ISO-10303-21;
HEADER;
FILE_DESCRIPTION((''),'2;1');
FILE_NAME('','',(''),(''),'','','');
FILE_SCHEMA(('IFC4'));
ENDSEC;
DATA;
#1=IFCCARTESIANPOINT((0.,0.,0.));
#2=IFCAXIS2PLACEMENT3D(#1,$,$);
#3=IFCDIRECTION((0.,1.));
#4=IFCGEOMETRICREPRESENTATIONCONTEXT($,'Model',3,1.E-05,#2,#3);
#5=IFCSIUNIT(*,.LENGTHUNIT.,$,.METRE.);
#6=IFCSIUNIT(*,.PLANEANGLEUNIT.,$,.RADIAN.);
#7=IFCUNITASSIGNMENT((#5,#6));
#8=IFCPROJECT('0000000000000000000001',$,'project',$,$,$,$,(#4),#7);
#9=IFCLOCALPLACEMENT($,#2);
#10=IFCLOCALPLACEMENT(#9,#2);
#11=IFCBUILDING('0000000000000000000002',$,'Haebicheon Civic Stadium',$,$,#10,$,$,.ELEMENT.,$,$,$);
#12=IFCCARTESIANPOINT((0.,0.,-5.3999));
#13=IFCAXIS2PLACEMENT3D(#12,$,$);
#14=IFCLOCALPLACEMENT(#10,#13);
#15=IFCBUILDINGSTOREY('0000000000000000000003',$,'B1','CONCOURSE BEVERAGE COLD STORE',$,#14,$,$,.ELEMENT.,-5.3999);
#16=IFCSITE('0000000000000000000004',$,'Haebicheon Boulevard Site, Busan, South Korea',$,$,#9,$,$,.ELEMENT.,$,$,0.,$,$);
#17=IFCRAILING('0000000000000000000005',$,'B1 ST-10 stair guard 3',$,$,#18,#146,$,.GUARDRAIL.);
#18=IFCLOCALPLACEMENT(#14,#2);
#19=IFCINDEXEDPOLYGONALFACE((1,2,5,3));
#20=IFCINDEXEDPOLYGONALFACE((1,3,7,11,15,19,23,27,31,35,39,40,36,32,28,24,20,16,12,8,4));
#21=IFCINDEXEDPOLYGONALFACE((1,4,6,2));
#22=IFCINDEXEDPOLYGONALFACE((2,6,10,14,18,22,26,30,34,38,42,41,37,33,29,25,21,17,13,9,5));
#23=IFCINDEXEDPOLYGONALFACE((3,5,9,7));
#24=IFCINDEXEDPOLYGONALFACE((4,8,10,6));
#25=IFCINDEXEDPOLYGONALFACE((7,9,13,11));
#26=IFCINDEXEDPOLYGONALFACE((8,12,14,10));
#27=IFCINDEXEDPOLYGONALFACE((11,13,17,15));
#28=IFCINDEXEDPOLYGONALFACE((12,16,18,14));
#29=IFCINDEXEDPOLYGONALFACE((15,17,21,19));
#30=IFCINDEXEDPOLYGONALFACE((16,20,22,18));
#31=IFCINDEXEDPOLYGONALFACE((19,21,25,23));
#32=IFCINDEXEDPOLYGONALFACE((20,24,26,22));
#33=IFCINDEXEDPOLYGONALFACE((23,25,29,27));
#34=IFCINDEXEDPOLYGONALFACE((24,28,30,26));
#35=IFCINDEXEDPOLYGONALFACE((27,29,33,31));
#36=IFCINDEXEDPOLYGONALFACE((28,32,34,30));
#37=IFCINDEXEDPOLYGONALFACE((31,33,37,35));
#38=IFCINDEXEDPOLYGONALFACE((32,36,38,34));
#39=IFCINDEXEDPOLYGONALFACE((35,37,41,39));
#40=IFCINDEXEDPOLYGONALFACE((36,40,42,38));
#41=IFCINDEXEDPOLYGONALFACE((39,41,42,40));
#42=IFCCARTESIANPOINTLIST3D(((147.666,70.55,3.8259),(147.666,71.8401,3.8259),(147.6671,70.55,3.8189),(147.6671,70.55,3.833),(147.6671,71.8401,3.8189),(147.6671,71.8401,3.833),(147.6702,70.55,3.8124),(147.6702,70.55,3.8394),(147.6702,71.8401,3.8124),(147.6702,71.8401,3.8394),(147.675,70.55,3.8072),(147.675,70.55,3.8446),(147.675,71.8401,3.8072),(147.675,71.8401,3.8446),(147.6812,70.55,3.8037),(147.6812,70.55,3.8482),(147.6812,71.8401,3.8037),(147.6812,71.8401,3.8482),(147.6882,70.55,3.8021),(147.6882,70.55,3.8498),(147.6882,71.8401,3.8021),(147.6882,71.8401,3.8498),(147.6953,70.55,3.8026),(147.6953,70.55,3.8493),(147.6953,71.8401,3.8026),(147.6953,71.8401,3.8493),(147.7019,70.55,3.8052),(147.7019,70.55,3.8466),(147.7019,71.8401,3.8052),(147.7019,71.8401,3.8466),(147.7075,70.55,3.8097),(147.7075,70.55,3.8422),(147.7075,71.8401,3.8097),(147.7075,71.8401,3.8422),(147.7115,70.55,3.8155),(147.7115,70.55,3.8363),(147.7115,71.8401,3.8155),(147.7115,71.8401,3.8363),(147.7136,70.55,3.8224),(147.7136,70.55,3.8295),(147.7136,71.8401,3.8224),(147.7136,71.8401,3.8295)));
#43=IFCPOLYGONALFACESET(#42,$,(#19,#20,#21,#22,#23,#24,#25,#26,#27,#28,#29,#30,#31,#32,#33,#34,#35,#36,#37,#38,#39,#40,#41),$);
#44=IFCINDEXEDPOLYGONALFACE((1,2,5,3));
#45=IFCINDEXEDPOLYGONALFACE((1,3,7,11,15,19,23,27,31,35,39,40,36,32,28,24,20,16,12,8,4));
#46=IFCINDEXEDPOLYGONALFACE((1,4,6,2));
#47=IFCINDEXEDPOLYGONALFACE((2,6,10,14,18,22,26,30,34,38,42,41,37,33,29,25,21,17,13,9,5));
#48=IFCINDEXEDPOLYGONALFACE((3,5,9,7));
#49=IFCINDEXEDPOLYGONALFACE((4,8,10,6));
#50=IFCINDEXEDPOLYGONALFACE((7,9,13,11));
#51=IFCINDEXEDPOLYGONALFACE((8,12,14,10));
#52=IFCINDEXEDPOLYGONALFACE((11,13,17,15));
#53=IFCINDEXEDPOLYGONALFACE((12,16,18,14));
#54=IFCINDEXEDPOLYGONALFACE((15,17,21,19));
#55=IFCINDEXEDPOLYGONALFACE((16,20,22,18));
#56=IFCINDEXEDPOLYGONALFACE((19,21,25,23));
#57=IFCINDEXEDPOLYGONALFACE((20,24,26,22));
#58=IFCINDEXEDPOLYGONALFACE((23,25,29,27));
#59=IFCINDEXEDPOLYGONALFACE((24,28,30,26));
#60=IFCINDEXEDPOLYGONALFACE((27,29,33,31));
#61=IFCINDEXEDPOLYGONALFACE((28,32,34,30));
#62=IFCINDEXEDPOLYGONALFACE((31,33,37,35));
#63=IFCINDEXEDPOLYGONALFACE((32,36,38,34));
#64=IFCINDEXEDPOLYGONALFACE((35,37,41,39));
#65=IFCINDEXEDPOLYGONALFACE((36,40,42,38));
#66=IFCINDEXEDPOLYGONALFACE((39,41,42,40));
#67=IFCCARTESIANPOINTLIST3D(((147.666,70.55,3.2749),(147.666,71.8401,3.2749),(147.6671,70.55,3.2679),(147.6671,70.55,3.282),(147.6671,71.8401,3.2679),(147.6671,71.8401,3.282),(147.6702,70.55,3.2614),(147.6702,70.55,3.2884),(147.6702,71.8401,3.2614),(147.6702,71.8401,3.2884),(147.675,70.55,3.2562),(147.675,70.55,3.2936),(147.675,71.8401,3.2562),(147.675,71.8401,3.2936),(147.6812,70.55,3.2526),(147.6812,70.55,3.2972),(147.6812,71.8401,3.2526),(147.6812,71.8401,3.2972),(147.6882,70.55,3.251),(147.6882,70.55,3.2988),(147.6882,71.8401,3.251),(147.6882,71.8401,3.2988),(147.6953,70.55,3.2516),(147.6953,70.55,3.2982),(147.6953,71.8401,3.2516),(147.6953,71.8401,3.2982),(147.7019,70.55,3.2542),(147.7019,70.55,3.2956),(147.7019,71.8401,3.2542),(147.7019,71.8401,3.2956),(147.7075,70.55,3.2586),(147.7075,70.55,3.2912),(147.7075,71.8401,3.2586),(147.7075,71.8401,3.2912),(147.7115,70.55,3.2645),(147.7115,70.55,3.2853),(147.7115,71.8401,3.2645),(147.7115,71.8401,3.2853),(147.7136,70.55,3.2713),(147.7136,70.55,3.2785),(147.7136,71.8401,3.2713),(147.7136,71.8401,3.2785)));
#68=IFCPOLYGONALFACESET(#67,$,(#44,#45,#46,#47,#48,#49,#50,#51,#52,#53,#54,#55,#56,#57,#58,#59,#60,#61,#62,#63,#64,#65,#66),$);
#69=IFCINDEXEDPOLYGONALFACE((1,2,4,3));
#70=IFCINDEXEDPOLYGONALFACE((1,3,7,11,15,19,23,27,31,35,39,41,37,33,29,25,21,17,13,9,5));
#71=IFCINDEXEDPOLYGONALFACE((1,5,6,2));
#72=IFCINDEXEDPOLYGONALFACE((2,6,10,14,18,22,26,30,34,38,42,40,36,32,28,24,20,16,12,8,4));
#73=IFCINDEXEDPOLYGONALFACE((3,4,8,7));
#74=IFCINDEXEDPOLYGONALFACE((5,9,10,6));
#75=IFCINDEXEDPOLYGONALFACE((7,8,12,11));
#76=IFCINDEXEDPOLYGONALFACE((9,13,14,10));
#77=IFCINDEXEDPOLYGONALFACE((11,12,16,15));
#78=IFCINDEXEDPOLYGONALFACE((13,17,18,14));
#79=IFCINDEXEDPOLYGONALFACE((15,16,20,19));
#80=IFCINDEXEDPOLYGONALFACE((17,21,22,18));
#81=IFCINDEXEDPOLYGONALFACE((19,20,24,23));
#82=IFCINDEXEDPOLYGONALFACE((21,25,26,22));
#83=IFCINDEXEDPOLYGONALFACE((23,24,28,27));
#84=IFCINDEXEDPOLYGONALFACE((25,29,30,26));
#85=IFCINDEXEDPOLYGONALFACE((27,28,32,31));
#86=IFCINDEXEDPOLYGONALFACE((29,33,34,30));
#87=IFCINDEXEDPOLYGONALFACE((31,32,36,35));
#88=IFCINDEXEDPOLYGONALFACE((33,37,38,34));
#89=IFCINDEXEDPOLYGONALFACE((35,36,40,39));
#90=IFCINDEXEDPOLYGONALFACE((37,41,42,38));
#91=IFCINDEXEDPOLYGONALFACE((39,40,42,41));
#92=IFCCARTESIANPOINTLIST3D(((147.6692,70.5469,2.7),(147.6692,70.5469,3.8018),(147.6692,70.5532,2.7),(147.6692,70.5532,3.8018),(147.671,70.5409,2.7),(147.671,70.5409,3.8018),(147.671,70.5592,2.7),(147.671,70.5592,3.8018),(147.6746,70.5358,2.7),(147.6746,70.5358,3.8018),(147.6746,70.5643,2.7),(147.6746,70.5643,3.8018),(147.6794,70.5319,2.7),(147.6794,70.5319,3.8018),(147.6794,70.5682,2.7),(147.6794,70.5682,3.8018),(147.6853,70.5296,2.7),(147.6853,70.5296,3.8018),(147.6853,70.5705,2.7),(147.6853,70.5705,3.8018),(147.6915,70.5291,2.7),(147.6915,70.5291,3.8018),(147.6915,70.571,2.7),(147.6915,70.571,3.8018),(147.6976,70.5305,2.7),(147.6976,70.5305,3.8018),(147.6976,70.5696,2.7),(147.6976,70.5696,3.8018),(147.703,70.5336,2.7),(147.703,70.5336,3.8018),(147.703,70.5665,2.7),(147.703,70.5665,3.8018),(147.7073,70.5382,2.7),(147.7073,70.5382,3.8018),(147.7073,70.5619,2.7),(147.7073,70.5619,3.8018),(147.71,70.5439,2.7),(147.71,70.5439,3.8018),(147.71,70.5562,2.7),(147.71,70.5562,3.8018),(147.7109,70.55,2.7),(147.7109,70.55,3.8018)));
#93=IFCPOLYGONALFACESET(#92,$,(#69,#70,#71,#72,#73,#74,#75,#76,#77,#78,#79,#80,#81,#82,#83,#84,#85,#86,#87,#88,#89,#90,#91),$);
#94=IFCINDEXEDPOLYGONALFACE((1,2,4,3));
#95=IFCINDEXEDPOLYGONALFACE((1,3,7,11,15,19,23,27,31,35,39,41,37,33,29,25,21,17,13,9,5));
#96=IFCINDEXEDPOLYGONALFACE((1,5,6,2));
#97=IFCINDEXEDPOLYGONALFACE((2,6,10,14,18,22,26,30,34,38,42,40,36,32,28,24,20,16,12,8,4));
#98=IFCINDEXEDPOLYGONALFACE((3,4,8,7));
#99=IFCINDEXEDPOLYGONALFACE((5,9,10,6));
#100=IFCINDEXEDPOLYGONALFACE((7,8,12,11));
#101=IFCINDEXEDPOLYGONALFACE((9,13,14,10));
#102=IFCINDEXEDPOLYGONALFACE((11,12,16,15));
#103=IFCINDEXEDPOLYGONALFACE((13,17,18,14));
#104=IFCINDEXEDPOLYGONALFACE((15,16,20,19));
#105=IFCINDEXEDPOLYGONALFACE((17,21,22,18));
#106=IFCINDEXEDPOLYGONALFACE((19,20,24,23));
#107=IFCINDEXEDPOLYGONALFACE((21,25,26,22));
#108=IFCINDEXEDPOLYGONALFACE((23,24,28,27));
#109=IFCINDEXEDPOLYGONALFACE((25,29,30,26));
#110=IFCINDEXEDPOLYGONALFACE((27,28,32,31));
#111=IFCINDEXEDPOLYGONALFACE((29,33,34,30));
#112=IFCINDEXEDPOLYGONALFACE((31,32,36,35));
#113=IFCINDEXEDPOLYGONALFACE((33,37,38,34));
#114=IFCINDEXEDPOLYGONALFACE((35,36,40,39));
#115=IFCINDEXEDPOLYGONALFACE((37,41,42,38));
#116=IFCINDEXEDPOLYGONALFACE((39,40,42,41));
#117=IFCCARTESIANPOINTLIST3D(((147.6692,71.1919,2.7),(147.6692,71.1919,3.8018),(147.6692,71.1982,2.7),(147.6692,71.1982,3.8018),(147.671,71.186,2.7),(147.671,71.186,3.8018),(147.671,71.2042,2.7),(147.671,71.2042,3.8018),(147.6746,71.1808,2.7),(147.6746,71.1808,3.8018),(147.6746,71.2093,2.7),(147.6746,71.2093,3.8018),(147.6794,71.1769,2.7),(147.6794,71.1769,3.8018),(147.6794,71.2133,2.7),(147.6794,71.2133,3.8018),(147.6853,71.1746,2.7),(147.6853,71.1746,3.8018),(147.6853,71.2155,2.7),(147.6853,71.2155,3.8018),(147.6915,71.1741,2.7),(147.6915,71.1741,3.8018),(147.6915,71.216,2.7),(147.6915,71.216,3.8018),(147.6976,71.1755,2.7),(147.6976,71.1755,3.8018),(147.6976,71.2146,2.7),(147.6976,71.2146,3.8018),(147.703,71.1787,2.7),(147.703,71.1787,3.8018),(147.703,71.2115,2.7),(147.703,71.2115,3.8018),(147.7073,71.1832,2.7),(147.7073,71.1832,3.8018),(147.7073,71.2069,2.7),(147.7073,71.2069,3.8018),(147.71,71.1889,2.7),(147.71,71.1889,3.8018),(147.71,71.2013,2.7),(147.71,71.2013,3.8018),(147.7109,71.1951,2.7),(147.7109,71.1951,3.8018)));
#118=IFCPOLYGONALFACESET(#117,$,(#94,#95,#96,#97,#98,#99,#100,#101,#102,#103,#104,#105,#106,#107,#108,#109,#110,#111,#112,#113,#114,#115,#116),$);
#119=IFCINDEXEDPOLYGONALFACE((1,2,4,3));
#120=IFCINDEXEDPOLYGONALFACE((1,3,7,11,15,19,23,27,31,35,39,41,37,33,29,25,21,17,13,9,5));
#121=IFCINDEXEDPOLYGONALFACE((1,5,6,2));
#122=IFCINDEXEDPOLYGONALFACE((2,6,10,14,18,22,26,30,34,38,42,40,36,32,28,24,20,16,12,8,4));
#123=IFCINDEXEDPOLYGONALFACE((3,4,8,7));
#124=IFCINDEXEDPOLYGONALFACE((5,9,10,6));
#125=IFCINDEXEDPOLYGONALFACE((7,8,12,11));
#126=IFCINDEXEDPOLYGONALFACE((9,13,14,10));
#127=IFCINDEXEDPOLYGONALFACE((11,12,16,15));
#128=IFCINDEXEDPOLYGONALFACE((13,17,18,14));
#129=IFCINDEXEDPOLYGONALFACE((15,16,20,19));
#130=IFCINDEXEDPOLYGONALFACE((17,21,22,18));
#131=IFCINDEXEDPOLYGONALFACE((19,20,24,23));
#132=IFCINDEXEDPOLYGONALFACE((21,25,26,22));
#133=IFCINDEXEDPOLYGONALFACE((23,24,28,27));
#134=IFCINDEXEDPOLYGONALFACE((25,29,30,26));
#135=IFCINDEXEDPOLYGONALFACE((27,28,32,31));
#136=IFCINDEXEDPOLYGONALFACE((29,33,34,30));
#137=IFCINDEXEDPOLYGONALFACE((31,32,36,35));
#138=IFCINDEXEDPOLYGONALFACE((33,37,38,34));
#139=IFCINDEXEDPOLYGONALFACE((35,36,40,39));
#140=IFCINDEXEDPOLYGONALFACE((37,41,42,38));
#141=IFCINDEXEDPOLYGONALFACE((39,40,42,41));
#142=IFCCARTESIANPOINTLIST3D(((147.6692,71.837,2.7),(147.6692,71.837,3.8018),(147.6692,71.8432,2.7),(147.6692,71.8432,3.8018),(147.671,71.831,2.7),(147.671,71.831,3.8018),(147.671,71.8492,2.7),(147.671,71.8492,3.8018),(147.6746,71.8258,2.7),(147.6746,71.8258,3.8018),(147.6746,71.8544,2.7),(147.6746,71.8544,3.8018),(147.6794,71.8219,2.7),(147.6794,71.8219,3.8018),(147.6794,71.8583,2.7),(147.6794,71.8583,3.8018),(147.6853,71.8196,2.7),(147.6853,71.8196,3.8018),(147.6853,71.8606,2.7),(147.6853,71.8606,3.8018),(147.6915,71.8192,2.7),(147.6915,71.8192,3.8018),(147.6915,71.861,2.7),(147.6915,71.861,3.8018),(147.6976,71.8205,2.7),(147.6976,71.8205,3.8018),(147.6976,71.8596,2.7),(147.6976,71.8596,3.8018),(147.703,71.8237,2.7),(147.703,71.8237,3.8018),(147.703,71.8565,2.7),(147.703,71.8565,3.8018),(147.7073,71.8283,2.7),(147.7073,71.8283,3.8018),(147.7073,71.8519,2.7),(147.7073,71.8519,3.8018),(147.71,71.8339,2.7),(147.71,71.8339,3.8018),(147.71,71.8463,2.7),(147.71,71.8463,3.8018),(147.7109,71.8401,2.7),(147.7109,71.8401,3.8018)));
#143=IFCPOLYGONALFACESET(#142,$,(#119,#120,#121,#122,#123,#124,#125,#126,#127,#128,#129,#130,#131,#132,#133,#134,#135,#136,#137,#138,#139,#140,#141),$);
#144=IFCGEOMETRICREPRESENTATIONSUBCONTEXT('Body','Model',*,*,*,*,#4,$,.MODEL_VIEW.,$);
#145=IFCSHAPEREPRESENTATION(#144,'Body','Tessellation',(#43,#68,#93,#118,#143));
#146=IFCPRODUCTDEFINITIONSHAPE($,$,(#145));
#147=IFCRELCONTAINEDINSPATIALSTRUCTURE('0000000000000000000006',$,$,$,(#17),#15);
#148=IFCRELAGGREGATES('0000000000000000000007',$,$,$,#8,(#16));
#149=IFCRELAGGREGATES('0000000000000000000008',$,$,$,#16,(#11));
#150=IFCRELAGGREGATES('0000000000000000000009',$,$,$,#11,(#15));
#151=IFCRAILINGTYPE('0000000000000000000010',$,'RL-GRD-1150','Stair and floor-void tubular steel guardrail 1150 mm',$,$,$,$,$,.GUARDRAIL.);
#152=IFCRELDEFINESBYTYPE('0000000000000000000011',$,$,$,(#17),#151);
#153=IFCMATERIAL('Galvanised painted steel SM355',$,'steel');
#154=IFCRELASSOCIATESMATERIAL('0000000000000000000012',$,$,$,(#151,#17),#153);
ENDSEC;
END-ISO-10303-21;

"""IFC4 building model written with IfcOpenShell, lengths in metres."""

from ifc_helpers import new_model, si_unit, direction, frame, origin, origin_2d, place, context, subcontext, project, spatial, circle, extrude, material, type_object, element, save


model = new_model("IFC4")

# Units and contexts
model_context = context("Model", 3, precision=1e-05, world=origin(), true_north=direction((0.0, 1.0)))
body_context = subcontext(model_context, "Body", "Model", "MODEL_VIEW")
ifc_project = project(units=[si_unit("LENGTHUNIT", "METRE"), si_unit("PLANEANGLEUNIT", "RADIAN")], contexts=[model_context])

# Site, building, storey
site_placement = place(None, origin())
site = spatial("IfcSite", under=ifc_project, at=site_placement, Name="Haebicheon Boulevard Site, Busan, South Korea", CompositionType="ELEMENT", RefElevation=0.0)
building_placement = place(site_placement, origin())
building = spatial("IfcBuilding", under=site, at=building_placement, Name="Haebicheon Civic Stadium", CompositionType="ELEMENT")
storey_placement = place(building_placement, frame((0.0, 0.0, -5.3999)))
storey = spatial("IfcBuildingStorey", under=building, at=storey_placement, Name="B1", Description="CONCOURSE BEVERAGE COLD STORE", CompositionType="ELEMENT", Elevation=-5.3999)

# Railing
ifc_material_1 = material(Name="Galvanised painted steel SM355", Category="steel")
railing_type_1 = type_object("IfcRailingType", Name="RL-GRD-1150", Description="Stair and floor-void tubular steel guardrail 1150 mm", PredefinedType="GUARDRAIL", material=ifc_material_1)
railing_1_placement = place(storey_placement, frame((147.6899, 70.55, 2.7)))
element("IfcRailing", 1, at=railing_1_placement, inside=storey, type_object=railing_type_1, material=ifc_material_1, Name="B1 ST-10 stair guard 3", PredefinedType="GUARDRAIL", context=body_context, shape_type="SweptSolid", body=[
    extrude(circle(Radius=0.0239, at=origin_2d()), frame((0.0, 0.0, 1.126), z_axis=(0.0, 1.0, 0.0), x_axis=(-1.0, 0.0, 0.0)), (0.0, 0.0, 1.0), 1.29),
    extrude(circle(Radius=0.0239, at=origin_2d()), frame((0.0, 0.0, 0.575), z_axis=(0.0, 1.0, 0.0), x_axis=(-1.0, 0.0, 0.0)), (0.0, 0.0, 1.0), 1.29),
    extrude(circle(Radius=0.021, at=origin_2d()), origin(), (0.0, 0.0, 1.0), 1.1018),
    extrude(circle(Radius=0.021, at=origin_2d()), frame((0.0, 0.645, 0.0)), (0.0, 0.0, 1.0), 1.1018),
    extrude(circle(Radius=0.021, at=origin_2d()), frame((0.0, 1.29, 0.0)), (0.0, 0.0, 1.0), 1.1018),
])

save(model, "model.ifc")
